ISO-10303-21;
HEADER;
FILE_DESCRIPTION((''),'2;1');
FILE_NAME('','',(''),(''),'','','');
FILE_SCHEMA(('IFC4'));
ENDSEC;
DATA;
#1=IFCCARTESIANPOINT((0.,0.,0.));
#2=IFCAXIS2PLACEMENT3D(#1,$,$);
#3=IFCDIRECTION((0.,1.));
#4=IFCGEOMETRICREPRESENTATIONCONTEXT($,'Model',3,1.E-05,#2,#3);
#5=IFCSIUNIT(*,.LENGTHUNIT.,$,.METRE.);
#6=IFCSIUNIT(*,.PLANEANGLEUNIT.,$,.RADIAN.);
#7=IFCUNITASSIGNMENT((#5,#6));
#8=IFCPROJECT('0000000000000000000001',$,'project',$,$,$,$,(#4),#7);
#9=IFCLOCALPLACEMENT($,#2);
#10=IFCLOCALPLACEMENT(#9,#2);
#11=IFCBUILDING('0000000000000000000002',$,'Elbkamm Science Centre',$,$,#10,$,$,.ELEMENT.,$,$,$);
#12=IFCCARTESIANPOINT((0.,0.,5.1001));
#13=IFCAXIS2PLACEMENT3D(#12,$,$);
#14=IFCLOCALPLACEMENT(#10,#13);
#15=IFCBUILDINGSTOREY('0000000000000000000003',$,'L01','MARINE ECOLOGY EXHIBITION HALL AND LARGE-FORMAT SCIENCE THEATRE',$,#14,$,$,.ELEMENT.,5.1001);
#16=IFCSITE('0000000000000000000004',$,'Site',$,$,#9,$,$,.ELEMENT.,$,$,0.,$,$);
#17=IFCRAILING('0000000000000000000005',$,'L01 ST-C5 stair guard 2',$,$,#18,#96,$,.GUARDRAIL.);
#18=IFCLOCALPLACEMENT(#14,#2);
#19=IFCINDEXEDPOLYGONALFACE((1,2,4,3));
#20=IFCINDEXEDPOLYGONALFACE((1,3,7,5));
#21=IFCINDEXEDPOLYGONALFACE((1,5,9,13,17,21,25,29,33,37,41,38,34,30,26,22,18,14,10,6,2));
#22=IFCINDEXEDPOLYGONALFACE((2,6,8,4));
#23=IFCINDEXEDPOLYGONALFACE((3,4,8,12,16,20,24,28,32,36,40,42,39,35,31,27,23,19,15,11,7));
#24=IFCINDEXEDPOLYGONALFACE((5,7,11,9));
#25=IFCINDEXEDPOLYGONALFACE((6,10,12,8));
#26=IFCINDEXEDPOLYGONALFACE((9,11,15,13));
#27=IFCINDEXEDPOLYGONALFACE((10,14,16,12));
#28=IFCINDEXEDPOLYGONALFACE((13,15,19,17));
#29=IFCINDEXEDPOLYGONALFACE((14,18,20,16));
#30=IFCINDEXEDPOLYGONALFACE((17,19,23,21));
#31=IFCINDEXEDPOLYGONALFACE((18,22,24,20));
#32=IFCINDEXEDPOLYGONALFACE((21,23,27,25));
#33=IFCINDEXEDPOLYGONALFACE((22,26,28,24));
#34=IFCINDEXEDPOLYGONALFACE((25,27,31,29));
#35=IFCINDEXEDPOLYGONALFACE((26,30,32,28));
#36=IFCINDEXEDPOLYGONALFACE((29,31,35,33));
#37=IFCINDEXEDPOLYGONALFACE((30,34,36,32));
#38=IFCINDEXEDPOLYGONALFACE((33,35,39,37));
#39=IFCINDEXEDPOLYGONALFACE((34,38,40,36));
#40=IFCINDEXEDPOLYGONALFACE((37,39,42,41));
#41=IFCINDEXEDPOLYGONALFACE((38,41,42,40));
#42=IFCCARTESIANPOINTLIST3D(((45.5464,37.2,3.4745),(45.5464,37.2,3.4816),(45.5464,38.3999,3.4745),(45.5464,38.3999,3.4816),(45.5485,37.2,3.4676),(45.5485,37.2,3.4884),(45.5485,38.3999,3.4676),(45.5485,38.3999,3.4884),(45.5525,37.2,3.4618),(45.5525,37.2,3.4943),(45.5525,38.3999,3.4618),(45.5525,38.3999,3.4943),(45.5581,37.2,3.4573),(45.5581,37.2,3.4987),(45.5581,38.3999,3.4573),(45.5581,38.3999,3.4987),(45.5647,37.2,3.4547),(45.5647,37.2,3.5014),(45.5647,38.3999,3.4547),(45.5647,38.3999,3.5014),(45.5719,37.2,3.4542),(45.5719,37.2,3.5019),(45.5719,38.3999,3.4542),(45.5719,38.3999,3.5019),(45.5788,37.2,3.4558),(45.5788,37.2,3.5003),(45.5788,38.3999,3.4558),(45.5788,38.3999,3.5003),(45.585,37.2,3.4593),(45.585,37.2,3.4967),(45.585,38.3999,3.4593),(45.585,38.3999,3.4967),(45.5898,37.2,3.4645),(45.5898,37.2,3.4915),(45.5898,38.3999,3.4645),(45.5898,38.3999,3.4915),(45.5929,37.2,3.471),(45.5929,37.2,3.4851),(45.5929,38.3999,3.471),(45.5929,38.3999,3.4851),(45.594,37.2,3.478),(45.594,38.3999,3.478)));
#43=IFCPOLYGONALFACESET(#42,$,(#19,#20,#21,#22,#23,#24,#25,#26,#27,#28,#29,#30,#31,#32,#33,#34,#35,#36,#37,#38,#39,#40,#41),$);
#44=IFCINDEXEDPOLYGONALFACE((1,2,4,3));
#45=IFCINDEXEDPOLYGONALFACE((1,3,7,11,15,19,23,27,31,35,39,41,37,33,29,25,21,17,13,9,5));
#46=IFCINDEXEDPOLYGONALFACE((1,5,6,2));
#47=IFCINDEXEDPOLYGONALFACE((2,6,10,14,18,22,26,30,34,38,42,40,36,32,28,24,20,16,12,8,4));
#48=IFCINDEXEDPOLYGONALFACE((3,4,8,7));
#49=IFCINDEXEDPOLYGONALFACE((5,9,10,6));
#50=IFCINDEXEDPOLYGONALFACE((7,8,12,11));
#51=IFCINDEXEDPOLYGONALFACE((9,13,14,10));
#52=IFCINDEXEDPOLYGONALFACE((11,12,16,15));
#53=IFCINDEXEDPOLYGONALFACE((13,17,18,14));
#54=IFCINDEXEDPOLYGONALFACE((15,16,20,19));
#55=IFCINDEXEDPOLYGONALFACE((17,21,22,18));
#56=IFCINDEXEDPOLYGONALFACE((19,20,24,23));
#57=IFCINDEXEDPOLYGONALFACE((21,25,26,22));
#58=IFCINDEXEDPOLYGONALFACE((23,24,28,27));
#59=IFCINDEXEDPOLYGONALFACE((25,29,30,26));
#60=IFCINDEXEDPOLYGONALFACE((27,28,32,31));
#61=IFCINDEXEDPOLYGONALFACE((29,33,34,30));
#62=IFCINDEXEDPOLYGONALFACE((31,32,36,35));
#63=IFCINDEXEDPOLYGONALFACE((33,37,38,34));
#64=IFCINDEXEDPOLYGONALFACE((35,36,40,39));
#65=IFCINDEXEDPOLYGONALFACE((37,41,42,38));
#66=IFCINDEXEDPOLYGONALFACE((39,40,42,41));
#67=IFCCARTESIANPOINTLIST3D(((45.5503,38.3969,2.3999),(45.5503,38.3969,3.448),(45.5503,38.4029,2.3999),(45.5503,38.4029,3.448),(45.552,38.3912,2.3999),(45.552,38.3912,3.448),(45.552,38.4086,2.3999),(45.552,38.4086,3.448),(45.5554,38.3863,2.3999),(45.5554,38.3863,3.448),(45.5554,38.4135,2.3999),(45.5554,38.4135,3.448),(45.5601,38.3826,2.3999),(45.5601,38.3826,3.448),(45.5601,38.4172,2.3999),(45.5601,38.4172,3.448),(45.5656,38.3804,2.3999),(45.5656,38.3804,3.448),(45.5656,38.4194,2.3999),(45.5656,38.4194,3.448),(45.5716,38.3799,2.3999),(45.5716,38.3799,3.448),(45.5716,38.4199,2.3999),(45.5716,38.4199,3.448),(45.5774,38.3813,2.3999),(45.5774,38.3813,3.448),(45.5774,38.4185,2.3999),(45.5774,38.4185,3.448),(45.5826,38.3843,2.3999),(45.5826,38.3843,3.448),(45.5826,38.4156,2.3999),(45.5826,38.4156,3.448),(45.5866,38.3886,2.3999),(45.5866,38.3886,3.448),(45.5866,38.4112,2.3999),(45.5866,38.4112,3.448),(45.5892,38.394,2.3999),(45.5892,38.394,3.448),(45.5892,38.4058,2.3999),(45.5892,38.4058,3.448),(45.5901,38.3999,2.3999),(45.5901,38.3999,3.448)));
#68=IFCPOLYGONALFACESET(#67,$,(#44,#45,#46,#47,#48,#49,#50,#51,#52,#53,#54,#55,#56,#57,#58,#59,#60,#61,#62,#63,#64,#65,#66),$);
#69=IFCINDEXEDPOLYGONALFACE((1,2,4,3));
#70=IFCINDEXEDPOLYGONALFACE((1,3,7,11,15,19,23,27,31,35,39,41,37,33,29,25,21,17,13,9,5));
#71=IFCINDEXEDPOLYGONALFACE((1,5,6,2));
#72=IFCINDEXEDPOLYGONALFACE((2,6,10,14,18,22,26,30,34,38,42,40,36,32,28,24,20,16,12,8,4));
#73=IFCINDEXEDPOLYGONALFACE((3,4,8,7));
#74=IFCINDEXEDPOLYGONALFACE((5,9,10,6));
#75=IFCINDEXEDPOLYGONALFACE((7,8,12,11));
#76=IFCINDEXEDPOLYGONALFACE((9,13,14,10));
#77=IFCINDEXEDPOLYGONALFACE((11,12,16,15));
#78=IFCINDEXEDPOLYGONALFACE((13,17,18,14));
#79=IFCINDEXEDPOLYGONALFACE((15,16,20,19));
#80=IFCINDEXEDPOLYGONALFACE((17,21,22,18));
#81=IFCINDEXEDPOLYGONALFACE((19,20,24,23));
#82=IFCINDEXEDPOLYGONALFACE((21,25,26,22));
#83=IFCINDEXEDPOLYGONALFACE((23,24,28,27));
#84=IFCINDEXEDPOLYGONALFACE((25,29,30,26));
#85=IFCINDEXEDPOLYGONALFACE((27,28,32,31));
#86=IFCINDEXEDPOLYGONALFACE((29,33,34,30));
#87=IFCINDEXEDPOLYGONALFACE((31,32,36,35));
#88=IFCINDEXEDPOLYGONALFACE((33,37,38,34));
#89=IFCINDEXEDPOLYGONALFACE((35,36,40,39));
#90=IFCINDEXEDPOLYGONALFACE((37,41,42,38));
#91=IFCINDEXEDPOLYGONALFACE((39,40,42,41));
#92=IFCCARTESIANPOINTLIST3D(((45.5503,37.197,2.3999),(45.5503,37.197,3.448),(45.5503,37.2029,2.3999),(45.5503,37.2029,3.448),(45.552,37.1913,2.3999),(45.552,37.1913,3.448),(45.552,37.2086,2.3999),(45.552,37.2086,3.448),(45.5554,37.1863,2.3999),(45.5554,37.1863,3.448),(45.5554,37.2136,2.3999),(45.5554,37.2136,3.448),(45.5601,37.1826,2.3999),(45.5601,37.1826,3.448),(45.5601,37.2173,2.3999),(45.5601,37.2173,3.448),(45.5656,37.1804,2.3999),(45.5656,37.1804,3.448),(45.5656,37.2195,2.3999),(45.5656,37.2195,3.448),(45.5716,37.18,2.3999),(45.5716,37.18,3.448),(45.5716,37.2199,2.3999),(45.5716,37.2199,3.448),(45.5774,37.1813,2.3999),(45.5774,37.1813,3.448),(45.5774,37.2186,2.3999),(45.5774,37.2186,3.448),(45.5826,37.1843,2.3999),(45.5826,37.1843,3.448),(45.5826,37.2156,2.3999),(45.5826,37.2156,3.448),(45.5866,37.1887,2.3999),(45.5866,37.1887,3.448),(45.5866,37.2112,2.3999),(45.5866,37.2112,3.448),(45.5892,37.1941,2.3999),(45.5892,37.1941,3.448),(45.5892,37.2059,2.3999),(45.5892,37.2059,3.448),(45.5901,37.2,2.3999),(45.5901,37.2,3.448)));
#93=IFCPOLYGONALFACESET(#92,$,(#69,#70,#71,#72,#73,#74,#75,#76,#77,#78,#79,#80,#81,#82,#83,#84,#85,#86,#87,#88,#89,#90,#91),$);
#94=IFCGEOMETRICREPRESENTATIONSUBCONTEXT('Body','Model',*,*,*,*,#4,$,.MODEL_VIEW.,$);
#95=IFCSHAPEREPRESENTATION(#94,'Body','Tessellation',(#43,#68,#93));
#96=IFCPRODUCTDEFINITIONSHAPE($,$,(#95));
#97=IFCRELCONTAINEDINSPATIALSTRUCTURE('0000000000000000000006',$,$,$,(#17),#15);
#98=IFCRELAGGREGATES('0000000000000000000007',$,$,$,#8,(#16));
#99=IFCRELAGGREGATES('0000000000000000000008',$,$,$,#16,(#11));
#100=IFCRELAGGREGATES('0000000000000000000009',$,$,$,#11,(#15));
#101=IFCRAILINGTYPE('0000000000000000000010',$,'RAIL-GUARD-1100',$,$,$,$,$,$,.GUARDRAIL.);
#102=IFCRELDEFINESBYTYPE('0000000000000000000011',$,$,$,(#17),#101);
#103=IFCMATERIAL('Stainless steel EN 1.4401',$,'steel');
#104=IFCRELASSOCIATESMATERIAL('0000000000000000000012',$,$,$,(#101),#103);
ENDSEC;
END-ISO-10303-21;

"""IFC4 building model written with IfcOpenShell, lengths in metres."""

from ifc_helpers import new_model, si_unit, direction, frame, origin, origin_2d, place, context, subcontext, project, spatial, circle, extrude, material, type_object, element, save


model = new_model("IFC4")

# Units and contexts
model_context = context("Model", 3, precision=1e-05, world=origin(), true_north=direction((0.0, 1.0)))
body_context = subcontext(model_context, "Body", "Model", "MODEL_VIEW")
ifc_project = project(units=[si_unit("LENGTHUNIT", "METRE"), si_unit("PLANEANGLEUNIT", "RADIAN")], contexts=[model_context])

# Site, building, storey
site_placement = place(None, origin())
site = spatial("IfcSite", under=ifc_project, at=site_placement, Name="Site", CompositionType="ELEMENT", RefElevation=0.0)
building_placement = place(site_placement, origin())
building = spatial("IfcBuilding", under=site, at=building_placement, Name="Elbkamm Science Centre", CompositionType="ELEMENT")
storey_placement = place(building_placement, frame((0.0, 0.0, 5.1001)))
storey = spatial("IfcBuildingStorey", under=building, at=storey_placement, Name="L01", Description="MARINE ECOLOGY EXHIBITION HALL AND LARGE-FORMAT SCIENCE THEATRE", CompositionType="ELEMENT", Elevation=5.1001)

# Railing
ifc_material_1 = material(Name="Stainless steel EN 1.4401", Category="steel")
railing_type_1 = type_object("IfcRailingType", Name="RAIL-GUARD-1100", PredefinedType="GUARDRAIL", material=ifc_material_1)
railing_1_placement = place(storey_placement, frame((45.5701, 38.3999, 2.3999)))
element("IfcRailing", 1, at=railing_1_placement, inside=storey, type_object=railing_type_1, Name="L01 ST-C5 stair guard 2", PredefinedType="GUARDRAIL", context=body_context, shape_type="SweptSolid", body=[
    extrude(circle(Radius=0.0239, at=origin_2d()), frame((0.0, 0.0, 1.0781), z_axis=(0.0, -1.0, 0.0), x_axis=(1.0, 0.0, 0.0)), (0.0, 0.0, 1.0), 1.2),
    extrude(circle(Radius=0.02, at=origin_2d()), origin(), (0.0, 0.0, 1.0), 1.0481),
    extrude(circle(Radius=0.02, at=origin_2d()), frame((0.0, -1.2, 0.0)), (0.0, 0.0, 1.0), 1.0481),
])

save(model, "model.ifc")
